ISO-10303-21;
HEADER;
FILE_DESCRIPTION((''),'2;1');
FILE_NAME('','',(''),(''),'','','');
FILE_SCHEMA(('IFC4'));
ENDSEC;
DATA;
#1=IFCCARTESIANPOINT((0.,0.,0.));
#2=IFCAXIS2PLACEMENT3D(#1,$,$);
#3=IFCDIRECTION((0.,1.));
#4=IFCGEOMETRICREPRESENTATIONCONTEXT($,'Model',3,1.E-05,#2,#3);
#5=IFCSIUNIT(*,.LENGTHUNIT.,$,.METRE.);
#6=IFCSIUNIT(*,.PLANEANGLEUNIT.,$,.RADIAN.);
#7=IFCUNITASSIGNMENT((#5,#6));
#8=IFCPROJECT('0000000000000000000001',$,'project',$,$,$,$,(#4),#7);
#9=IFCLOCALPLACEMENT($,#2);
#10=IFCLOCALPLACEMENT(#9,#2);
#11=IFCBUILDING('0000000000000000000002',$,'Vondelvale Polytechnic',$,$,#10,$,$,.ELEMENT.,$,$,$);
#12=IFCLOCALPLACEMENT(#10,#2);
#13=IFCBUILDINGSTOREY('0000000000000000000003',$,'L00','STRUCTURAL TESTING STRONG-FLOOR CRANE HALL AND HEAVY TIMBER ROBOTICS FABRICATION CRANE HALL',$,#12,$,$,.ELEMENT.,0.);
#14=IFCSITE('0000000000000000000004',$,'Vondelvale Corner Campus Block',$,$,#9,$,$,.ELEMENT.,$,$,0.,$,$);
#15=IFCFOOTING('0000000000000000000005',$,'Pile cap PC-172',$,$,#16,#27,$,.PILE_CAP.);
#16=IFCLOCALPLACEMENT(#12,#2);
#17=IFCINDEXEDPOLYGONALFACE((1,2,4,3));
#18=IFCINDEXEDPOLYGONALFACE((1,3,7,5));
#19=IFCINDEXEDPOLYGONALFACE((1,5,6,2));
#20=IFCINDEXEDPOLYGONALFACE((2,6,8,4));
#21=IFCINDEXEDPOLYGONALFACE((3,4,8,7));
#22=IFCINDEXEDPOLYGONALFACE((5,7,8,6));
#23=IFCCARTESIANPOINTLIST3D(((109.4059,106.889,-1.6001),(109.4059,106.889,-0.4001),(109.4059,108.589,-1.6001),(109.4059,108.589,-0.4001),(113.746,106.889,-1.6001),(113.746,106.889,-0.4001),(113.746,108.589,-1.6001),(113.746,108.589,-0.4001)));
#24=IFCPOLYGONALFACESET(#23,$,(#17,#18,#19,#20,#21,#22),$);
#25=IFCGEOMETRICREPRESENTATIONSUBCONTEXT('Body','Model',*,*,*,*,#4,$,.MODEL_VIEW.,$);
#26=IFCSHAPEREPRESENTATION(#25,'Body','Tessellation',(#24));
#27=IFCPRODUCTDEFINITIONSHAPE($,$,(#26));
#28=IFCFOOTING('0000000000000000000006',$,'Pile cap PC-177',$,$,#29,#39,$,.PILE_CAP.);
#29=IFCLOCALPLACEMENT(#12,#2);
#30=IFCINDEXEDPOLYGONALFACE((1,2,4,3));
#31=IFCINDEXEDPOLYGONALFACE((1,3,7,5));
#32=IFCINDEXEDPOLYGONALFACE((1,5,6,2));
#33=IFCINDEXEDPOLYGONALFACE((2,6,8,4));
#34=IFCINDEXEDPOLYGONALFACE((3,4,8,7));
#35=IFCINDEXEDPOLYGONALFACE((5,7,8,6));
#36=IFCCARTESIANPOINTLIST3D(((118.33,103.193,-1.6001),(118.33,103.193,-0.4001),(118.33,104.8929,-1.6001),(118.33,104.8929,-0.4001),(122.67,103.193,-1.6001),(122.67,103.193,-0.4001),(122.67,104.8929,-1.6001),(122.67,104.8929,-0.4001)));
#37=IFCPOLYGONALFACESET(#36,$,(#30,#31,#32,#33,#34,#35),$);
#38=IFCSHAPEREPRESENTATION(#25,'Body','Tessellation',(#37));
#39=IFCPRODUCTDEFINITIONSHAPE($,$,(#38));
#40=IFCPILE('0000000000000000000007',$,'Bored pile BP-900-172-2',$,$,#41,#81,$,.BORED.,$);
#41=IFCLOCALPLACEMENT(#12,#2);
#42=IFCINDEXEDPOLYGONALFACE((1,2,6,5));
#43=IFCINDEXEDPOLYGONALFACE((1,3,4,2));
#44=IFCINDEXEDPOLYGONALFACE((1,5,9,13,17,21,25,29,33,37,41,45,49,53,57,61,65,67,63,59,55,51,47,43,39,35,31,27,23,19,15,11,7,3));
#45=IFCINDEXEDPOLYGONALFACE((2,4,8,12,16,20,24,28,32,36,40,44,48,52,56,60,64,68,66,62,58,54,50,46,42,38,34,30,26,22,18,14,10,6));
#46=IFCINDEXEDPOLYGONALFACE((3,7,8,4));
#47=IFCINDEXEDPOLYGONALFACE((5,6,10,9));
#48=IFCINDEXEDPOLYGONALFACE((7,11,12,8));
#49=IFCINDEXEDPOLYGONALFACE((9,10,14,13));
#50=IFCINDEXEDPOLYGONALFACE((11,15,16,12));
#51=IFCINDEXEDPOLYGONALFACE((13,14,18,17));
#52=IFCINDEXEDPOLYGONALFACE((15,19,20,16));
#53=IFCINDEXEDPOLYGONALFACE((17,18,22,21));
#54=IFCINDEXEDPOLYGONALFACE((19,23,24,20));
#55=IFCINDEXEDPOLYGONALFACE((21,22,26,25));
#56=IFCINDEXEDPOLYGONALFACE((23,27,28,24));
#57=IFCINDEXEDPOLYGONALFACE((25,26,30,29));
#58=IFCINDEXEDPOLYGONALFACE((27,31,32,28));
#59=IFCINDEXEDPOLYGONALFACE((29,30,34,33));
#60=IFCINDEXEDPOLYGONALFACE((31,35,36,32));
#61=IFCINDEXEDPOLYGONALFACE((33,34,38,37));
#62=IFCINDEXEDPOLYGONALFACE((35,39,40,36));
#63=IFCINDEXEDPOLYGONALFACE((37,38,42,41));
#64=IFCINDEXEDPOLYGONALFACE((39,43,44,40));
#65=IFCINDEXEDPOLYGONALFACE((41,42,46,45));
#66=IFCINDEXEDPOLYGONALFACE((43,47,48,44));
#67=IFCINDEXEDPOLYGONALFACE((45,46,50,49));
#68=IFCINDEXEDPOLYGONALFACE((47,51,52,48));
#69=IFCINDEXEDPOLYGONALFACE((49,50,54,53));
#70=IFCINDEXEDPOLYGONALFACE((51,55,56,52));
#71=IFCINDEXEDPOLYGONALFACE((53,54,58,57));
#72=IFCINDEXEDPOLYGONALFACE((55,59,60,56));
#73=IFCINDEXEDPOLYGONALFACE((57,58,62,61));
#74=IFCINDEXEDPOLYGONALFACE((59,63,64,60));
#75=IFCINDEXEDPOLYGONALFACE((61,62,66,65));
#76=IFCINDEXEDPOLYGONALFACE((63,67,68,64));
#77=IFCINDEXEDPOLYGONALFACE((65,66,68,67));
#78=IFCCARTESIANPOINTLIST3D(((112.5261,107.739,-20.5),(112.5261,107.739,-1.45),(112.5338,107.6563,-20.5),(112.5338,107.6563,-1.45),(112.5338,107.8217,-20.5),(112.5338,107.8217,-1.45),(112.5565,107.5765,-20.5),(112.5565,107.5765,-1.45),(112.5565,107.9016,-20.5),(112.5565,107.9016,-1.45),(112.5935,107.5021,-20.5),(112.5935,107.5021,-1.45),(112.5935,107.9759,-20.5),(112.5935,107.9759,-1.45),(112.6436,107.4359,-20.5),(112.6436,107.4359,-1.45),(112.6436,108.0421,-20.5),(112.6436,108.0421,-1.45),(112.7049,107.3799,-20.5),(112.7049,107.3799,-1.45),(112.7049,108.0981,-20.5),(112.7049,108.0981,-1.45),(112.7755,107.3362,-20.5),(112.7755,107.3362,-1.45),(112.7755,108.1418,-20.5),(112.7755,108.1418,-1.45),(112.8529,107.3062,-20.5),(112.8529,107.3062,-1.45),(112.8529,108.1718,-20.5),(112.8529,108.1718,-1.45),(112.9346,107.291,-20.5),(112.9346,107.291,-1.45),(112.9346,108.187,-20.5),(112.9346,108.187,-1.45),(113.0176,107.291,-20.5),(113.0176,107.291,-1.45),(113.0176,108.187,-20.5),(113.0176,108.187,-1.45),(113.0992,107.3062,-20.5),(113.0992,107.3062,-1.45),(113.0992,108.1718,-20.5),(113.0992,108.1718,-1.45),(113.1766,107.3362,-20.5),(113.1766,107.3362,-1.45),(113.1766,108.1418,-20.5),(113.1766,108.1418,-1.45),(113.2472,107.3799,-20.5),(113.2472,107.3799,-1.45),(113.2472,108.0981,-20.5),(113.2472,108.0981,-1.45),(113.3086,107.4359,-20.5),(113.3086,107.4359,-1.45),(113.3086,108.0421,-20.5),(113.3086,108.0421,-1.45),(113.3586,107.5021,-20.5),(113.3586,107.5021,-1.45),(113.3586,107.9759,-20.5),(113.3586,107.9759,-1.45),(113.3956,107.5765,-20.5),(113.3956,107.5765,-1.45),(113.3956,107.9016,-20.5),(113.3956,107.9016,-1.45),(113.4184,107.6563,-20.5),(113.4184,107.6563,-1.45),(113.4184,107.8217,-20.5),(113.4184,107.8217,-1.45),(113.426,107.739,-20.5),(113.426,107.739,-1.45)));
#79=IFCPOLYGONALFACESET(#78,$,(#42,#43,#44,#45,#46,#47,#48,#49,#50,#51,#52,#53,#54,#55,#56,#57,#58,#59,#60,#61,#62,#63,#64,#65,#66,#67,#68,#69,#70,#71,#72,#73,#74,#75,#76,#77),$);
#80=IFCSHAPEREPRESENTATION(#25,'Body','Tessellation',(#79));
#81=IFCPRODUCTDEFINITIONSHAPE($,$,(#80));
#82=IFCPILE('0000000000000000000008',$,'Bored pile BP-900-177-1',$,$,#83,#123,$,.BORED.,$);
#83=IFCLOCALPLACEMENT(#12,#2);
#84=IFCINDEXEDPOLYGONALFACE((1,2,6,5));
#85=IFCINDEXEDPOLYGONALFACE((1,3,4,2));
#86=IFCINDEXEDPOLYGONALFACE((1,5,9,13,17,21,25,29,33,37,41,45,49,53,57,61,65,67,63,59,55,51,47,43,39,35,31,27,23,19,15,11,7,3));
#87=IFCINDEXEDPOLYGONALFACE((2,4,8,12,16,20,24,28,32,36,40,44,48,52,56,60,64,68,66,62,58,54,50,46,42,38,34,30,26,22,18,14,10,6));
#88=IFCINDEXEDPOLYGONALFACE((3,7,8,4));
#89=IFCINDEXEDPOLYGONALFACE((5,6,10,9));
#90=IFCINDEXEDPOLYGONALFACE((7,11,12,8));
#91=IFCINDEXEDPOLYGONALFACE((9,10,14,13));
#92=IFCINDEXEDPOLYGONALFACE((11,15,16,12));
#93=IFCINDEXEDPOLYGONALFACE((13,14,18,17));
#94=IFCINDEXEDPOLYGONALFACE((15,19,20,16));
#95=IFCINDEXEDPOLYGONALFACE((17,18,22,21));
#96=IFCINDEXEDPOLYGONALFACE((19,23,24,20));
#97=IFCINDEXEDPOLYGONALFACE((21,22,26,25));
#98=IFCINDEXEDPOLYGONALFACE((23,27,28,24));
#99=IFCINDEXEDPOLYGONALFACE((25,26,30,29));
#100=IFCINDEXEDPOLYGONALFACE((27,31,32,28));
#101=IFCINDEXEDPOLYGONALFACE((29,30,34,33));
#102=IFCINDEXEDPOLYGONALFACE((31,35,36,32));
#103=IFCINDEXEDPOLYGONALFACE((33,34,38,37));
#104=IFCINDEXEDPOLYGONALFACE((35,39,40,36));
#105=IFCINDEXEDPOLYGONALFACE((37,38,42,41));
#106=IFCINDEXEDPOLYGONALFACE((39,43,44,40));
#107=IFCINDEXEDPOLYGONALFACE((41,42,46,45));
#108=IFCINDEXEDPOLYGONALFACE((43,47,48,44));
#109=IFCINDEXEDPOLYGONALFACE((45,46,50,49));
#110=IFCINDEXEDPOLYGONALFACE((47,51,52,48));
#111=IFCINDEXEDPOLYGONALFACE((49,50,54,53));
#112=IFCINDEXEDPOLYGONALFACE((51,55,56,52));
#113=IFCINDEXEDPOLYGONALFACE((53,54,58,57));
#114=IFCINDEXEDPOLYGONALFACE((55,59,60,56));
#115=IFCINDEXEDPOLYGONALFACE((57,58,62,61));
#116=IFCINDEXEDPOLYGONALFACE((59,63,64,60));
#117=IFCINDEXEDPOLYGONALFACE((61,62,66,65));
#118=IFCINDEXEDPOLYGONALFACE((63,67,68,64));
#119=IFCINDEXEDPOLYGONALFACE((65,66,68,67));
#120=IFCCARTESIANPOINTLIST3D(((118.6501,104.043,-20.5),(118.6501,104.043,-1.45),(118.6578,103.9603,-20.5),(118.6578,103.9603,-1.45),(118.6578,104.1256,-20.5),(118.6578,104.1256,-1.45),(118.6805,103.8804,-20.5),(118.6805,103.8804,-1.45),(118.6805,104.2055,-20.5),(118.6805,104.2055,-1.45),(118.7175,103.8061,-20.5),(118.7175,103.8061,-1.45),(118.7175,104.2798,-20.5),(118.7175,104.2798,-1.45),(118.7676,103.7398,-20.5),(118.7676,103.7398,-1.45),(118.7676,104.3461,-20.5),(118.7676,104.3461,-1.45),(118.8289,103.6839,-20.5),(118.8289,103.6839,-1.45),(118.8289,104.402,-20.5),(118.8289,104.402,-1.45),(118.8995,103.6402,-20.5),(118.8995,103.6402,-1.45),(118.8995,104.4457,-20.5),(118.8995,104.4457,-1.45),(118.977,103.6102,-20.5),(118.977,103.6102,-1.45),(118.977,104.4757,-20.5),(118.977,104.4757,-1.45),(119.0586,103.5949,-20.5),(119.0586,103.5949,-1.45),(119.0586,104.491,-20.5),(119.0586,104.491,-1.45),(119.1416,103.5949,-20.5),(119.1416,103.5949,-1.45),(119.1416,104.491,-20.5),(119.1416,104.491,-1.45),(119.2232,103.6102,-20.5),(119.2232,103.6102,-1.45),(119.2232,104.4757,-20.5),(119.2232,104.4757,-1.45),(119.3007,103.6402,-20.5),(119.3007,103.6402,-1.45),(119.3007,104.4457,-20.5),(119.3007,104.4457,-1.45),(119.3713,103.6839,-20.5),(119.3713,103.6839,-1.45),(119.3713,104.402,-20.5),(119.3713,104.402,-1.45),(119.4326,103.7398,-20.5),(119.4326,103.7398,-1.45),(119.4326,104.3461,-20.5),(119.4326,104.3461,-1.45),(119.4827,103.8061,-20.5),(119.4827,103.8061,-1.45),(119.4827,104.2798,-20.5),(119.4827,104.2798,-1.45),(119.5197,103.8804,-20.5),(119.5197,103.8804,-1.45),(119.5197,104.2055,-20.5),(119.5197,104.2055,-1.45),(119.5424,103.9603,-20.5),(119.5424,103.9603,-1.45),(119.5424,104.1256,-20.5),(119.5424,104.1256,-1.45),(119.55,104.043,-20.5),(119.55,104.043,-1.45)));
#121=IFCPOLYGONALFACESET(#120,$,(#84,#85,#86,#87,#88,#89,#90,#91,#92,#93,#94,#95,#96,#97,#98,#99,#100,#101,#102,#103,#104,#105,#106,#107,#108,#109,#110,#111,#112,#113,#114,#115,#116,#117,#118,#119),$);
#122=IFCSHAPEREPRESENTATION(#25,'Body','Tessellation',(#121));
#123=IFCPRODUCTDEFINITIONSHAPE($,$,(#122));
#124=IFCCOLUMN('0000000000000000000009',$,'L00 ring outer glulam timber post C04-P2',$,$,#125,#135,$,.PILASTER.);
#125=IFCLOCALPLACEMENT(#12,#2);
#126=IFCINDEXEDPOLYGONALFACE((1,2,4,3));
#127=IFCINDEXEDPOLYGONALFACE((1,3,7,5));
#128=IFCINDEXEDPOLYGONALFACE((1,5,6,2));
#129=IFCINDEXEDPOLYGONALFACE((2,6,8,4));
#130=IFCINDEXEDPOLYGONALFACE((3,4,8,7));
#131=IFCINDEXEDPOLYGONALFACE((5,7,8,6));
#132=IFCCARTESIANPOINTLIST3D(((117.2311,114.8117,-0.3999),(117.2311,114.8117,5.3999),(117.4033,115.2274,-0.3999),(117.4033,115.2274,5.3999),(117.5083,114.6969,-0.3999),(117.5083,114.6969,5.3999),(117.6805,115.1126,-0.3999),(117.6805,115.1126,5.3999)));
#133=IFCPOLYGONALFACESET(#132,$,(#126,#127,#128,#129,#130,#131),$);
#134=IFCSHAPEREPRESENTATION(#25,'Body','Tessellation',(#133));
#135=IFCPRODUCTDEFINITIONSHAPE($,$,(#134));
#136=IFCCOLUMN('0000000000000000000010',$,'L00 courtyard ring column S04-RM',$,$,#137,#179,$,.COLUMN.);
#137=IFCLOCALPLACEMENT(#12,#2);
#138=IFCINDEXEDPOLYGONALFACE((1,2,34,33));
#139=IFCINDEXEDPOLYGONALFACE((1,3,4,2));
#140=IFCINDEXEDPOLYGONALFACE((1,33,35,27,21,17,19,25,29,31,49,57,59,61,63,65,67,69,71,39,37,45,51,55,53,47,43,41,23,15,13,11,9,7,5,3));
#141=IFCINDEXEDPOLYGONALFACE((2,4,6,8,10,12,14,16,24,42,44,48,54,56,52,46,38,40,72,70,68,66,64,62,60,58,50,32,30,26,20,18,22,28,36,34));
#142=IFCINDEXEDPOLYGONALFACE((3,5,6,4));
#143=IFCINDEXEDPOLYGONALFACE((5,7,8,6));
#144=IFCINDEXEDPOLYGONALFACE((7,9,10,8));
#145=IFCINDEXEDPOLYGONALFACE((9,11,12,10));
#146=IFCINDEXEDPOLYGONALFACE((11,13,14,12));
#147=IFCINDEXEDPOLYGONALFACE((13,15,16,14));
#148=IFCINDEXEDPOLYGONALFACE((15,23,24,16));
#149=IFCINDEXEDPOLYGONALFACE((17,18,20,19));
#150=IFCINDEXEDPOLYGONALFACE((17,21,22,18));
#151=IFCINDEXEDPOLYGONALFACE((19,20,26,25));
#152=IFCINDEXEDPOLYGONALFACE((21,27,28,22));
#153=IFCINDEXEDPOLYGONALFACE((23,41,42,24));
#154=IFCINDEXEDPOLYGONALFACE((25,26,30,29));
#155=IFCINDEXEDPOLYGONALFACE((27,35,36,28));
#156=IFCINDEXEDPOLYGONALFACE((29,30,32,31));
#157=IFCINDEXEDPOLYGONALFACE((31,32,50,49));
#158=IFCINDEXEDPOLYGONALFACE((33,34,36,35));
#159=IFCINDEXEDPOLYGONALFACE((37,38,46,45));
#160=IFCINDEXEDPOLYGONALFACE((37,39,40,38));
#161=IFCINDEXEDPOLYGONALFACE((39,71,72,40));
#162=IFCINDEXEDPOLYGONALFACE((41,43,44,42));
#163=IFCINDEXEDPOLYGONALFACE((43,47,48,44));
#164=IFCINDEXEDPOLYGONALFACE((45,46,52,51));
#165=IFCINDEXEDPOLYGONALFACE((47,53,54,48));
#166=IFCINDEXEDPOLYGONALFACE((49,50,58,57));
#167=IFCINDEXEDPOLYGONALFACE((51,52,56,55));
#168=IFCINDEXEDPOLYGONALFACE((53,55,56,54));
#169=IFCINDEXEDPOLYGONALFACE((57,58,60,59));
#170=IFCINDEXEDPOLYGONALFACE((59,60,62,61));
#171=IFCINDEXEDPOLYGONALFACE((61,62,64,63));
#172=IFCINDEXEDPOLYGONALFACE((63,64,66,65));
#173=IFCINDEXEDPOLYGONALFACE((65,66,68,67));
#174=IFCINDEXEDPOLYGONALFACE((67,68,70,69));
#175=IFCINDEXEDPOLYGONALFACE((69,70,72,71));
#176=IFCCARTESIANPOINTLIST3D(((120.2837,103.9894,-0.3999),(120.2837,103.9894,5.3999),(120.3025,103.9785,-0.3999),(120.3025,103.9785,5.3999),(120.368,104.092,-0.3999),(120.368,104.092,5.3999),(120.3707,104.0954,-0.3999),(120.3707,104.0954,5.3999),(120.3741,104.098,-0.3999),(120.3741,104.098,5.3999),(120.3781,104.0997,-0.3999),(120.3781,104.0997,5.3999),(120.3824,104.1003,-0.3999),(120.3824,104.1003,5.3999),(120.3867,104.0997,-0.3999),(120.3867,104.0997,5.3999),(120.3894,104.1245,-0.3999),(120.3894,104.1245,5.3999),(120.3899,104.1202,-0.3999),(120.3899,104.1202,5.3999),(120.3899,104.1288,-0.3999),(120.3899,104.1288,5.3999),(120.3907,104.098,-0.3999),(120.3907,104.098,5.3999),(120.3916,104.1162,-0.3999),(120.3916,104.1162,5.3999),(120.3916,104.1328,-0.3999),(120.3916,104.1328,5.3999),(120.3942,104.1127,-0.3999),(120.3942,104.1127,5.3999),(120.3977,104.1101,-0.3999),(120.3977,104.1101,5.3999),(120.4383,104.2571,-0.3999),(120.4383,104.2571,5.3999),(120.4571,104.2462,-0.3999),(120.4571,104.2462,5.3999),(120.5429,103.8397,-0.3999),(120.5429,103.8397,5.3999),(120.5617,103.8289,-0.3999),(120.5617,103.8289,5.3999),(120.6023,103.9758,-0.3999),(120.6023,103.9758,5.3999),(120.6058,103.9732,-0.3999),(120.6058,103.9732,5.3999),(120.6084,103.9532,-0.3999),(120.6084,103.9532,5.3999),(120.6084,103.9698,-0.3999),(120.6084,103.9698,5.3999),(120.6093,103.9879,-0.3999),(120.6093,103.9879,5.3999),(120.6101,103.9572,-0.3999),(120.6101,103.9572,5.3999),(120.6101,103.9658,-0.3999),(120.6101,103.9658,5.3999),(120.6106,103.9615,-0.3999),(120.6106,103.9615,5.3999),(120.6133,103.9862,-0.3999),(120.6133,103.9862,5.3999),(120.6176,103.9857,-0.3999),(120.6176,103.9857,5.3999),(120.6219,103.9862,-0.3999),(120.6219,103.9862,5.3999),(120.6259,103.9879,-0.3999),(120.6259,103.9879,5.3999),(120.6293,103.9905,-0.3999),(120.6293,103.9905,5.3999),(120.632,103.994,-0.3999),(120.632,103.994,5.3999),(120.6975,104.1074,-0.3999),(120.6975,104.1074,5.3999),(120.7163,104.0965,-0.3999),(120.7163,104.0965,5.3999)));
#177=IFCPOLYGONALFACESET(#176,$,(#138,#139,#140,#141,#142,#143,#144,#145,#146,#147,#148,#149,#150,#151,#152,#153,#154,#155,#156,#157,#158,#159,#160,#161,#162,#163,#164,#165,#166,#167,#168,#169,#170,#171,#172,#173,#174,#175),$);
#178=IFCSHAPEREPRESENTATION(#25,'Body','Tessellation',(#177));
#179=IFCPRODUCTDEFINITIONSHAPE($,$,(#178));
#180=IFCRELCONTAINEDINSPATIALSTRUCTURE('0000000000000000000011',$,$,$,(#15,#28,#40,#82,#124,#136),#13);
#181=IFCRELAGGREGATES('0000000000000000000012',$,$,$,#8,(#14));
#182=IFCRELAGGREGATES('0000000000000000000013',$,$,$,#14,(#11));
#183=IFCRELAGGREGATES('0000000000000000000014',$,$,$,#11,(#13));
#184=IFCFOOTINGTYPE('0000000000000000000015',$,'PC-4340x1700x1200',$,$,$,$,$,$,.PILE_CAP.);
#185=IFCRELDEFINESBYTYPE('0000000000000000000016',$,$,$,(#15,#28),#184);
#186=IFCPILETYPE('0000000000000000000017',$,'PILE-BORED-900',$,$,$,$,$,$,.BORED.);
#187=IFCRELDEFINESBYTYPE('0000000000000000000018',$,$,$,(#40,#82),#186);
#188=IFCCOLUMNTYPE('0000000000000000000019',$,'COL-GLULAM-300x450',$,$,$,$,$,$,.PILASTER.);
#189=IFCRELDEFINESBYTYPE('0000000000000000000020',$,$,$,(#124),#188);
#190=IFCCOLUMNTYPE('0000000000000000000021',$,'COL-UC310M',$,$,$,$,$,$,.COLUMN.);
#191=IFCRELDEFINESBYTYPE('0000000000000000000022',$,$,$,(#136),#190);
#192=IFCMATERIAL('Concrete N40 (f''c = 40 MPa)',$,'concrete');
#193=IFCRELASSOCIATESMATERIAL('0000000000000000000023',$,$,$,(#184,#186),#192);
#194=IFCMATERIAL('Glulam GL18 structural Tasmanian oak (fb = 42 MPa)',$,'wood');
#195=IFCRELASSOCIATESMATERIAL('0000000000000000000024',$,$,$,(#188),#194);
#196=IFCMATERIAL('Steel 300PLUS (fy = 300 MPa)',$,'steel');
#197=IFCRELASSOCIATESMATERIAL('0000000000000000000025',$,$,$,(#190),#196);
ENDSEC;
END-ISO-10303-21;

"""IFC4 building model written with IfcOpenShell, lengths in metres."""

from ifc_helpers import new_model, si_unit, direction, frame, origin, origin_2d, place, context, subcontext, project, spatial, rectangle, circle, i_section, extrude, material, material_profile, profile_set, type_object, element, save


model = new_model("IFC4")

# Units and contexts
model_context = context("Model", 3, precision=1e-05, world=origin(), true_north=direction((0.0, 1.0)))
body_context = subcontext(model_context, "Body", "Model", "MODEL_VIEW")
ifc_project = project(units=[si_unit("LENGTHUNIT", "METRE"), si_unit("PLANEANGLEUNIT", "RADIAN")], contexts=[model_context])

# Site, building, storey
site_placement = place(None, origin())
site = spatial("IfcSite", under=ifc_project, at=site_placement, Name="Vondelvale Corner Campus Block", CompositionType="ELEMENT", RefElevation=0.0)
building_placement = place(site_placement, origin())
building = spatial("IfcBuilding", under=site, at=building_placement, Name="Vondelvale Polytechnic", CompositionType="ELEMENT")
storey_placement = place(building_placement, origin())
storey = spatial("IfcBuildingStorey", under=building, at=storey_placement, Name="L00", Description="STRUCTURAL TESTING STRONG-FLOOR CRANE HALL AND HEAVY TIMBER ROBOTICS FABRICATION CRANE HALL", CompositionType="ELEMENT", Elevation=0.0)

# Footings
ifc_material_1 = material(Name="Concrete N40 (f'c = 40 MPa)", Category="concrete")
footing_type = type_object("IfcFootingType", Name="PC-4340x1700x1200", PredefinedType="PILE_CAP", material=ifc_material_1)
for number, where, z_axis, x_axis, name in (
    (1, (111.5759, 107.739, -1.6001), (0.0, 0.0, 1.0), (1.0, 0.0, 0.0), "Pile cap PC-172"),
    (2, (120.5, 104.043, -1.6001), (0.0, 0.0, 1.0), (1.0, 0.0, 0.0), "Pile cap PC-177"),
):
    element("IfcFooting", number, at=place(storey_placement, frame(where, z_axis=z_axis, x_axis=x_axis)), inside=storey, type_object=footing_type, Name=name, PredefinedType="PILE_CAP", context=body_context, shape_type="SweptSolid", body=[
        extrude(rectangle(XDim=4.3401, YDim=1.7, at=origin_2d()), origin(), (0.0, 0.0, 1.0), 1.2),
    ])

# Piles
ifc_material_profile_1 = material_profile(ifc_material_1, circle(Radius=0.45, at=origin_2d()), Name="PILE-D900")
ifc_profile_set_1 = profile_set([ifc_material_profile_1], Name="Concrete N40 (f'c = 40 MPa)")
pile_type = type_object("IfcPileType", Name="PILE-BORED-900", PredefinedType="BORED", material=ifc_profile_set_1)
for number, where, z_axis, x_axis, name in (
    (3, (112.9761, 107.739, -1.45), (0.0, 0.0, -1.0), (1.0, 0.0, 0.0), "Bored pile BP-900-172-2"),
    (4, (119.1001, 104.043, -1.45), (0.0, 0.0, -1.0), (1.0, 0.0, 0.0), "Bored pile BP-900-177-1"),
):
    element("IfcPile", number, at=place(storey_placement, frame(where, z_axis=z_axis, x_axis=x_axis)), inside=storey, type_object=pile_type, Name=name, PredefinedType="BORED", context=body_context, shape_type="SweptSolid", body=[
        extrude(circle(Radius=0.45, at=origin_2d()), origin(), (0.0, 0.0, 1.0), 19.05),
    ])

# Columns
ifc_material_2 = material(Name="Glulam GL18 structural Tasmanian oak (fb = 42 MPa)", Category="wood")
ifc_material_profile_2 = material_profile(ifc_material_2, rectangle(XDim=0.3, YDim=0.45, at=origin_2d()), Name="GL-POST-300x450")
ifc_profile_set_2 = profile_set([ifc_material_profile_2], Name="Glulam GL18 structural Tasmanian oak (fb = 42 MPa)")
column_type_1 = type_object("IfcColumnType", Name="COL-GLULAM-300x450", PredefinedType="PILASTER", material=ifc_profile_set_2)
column_placement = place(storey_placement, frame((117.4558, 114.9622, -0.3999), z_axis=(0.0, 0.0, 1.0), x_axis=(-0.92388, 0.382683, 0.0)))
element("IfcColumn", 5, at=column_placement, inside=storey, type_object=column_type_1, Name="L00 ring outer glulam timber post C04-P2", PredefinedType="PILASTER", context=body_context, shape_type="SweptSolid", body=[
    extrude(rectangle(XDim=0.3, YDim=0.45, at=origin_2d()), origin(), (0.0, 0.0, 1.0), 5.7998),
])
ifc_material_3 = material(Name="Steel 300PLUS (fy = 300 MPa)", Category="steel")
ifc_material_profile_3 = material_profile(ifc_material_3, i_section(OverallWidth=0.3091, OverallDepth=0.321, WebThickness=0.0139, FlangeThickness=0.0217, FilletRadius=0.0166, at=origin_2d()), Name="310UC137")
ifc_profile_set_3 = profile_set([ifc_material_profile_3], Name="Steel 300PLUS (fy = 300 MPa)")
column_type_2 = type_object("IfcColumnType", Name="COL-UC310M", PredefinedType="COLUMN", material=ifc_profile_set_3)
for number, where, z_axis, x_axis, name in (
    (6, (120.5, 104.043, -0.3999), (0.0, 0.0, 1.0), (0.5, 0.866025, 0.0), "L00 courtyard ring column S04-RM"),
):
    element("IfcColumn", number, at=place(storey_placement, frame(where, z_axis=z_axis, x_axis=x_axis)), inside=storey, type_object=column_type_2, Name=name, PredefinedType="COLUMN", context=body_context, shape_type="SweptSolid", body=[
        extrude(i_section(OverallWidth=0.3091, OverallDepth=0.321, WebThickness=0.0139, FlangeThickness=0.0217, FilletRadius=0.0166, at=origin_2d()), origin(), (0.0, 0.0, 1.0), 5.7998),
    ])

save(model, "model.ifc")
